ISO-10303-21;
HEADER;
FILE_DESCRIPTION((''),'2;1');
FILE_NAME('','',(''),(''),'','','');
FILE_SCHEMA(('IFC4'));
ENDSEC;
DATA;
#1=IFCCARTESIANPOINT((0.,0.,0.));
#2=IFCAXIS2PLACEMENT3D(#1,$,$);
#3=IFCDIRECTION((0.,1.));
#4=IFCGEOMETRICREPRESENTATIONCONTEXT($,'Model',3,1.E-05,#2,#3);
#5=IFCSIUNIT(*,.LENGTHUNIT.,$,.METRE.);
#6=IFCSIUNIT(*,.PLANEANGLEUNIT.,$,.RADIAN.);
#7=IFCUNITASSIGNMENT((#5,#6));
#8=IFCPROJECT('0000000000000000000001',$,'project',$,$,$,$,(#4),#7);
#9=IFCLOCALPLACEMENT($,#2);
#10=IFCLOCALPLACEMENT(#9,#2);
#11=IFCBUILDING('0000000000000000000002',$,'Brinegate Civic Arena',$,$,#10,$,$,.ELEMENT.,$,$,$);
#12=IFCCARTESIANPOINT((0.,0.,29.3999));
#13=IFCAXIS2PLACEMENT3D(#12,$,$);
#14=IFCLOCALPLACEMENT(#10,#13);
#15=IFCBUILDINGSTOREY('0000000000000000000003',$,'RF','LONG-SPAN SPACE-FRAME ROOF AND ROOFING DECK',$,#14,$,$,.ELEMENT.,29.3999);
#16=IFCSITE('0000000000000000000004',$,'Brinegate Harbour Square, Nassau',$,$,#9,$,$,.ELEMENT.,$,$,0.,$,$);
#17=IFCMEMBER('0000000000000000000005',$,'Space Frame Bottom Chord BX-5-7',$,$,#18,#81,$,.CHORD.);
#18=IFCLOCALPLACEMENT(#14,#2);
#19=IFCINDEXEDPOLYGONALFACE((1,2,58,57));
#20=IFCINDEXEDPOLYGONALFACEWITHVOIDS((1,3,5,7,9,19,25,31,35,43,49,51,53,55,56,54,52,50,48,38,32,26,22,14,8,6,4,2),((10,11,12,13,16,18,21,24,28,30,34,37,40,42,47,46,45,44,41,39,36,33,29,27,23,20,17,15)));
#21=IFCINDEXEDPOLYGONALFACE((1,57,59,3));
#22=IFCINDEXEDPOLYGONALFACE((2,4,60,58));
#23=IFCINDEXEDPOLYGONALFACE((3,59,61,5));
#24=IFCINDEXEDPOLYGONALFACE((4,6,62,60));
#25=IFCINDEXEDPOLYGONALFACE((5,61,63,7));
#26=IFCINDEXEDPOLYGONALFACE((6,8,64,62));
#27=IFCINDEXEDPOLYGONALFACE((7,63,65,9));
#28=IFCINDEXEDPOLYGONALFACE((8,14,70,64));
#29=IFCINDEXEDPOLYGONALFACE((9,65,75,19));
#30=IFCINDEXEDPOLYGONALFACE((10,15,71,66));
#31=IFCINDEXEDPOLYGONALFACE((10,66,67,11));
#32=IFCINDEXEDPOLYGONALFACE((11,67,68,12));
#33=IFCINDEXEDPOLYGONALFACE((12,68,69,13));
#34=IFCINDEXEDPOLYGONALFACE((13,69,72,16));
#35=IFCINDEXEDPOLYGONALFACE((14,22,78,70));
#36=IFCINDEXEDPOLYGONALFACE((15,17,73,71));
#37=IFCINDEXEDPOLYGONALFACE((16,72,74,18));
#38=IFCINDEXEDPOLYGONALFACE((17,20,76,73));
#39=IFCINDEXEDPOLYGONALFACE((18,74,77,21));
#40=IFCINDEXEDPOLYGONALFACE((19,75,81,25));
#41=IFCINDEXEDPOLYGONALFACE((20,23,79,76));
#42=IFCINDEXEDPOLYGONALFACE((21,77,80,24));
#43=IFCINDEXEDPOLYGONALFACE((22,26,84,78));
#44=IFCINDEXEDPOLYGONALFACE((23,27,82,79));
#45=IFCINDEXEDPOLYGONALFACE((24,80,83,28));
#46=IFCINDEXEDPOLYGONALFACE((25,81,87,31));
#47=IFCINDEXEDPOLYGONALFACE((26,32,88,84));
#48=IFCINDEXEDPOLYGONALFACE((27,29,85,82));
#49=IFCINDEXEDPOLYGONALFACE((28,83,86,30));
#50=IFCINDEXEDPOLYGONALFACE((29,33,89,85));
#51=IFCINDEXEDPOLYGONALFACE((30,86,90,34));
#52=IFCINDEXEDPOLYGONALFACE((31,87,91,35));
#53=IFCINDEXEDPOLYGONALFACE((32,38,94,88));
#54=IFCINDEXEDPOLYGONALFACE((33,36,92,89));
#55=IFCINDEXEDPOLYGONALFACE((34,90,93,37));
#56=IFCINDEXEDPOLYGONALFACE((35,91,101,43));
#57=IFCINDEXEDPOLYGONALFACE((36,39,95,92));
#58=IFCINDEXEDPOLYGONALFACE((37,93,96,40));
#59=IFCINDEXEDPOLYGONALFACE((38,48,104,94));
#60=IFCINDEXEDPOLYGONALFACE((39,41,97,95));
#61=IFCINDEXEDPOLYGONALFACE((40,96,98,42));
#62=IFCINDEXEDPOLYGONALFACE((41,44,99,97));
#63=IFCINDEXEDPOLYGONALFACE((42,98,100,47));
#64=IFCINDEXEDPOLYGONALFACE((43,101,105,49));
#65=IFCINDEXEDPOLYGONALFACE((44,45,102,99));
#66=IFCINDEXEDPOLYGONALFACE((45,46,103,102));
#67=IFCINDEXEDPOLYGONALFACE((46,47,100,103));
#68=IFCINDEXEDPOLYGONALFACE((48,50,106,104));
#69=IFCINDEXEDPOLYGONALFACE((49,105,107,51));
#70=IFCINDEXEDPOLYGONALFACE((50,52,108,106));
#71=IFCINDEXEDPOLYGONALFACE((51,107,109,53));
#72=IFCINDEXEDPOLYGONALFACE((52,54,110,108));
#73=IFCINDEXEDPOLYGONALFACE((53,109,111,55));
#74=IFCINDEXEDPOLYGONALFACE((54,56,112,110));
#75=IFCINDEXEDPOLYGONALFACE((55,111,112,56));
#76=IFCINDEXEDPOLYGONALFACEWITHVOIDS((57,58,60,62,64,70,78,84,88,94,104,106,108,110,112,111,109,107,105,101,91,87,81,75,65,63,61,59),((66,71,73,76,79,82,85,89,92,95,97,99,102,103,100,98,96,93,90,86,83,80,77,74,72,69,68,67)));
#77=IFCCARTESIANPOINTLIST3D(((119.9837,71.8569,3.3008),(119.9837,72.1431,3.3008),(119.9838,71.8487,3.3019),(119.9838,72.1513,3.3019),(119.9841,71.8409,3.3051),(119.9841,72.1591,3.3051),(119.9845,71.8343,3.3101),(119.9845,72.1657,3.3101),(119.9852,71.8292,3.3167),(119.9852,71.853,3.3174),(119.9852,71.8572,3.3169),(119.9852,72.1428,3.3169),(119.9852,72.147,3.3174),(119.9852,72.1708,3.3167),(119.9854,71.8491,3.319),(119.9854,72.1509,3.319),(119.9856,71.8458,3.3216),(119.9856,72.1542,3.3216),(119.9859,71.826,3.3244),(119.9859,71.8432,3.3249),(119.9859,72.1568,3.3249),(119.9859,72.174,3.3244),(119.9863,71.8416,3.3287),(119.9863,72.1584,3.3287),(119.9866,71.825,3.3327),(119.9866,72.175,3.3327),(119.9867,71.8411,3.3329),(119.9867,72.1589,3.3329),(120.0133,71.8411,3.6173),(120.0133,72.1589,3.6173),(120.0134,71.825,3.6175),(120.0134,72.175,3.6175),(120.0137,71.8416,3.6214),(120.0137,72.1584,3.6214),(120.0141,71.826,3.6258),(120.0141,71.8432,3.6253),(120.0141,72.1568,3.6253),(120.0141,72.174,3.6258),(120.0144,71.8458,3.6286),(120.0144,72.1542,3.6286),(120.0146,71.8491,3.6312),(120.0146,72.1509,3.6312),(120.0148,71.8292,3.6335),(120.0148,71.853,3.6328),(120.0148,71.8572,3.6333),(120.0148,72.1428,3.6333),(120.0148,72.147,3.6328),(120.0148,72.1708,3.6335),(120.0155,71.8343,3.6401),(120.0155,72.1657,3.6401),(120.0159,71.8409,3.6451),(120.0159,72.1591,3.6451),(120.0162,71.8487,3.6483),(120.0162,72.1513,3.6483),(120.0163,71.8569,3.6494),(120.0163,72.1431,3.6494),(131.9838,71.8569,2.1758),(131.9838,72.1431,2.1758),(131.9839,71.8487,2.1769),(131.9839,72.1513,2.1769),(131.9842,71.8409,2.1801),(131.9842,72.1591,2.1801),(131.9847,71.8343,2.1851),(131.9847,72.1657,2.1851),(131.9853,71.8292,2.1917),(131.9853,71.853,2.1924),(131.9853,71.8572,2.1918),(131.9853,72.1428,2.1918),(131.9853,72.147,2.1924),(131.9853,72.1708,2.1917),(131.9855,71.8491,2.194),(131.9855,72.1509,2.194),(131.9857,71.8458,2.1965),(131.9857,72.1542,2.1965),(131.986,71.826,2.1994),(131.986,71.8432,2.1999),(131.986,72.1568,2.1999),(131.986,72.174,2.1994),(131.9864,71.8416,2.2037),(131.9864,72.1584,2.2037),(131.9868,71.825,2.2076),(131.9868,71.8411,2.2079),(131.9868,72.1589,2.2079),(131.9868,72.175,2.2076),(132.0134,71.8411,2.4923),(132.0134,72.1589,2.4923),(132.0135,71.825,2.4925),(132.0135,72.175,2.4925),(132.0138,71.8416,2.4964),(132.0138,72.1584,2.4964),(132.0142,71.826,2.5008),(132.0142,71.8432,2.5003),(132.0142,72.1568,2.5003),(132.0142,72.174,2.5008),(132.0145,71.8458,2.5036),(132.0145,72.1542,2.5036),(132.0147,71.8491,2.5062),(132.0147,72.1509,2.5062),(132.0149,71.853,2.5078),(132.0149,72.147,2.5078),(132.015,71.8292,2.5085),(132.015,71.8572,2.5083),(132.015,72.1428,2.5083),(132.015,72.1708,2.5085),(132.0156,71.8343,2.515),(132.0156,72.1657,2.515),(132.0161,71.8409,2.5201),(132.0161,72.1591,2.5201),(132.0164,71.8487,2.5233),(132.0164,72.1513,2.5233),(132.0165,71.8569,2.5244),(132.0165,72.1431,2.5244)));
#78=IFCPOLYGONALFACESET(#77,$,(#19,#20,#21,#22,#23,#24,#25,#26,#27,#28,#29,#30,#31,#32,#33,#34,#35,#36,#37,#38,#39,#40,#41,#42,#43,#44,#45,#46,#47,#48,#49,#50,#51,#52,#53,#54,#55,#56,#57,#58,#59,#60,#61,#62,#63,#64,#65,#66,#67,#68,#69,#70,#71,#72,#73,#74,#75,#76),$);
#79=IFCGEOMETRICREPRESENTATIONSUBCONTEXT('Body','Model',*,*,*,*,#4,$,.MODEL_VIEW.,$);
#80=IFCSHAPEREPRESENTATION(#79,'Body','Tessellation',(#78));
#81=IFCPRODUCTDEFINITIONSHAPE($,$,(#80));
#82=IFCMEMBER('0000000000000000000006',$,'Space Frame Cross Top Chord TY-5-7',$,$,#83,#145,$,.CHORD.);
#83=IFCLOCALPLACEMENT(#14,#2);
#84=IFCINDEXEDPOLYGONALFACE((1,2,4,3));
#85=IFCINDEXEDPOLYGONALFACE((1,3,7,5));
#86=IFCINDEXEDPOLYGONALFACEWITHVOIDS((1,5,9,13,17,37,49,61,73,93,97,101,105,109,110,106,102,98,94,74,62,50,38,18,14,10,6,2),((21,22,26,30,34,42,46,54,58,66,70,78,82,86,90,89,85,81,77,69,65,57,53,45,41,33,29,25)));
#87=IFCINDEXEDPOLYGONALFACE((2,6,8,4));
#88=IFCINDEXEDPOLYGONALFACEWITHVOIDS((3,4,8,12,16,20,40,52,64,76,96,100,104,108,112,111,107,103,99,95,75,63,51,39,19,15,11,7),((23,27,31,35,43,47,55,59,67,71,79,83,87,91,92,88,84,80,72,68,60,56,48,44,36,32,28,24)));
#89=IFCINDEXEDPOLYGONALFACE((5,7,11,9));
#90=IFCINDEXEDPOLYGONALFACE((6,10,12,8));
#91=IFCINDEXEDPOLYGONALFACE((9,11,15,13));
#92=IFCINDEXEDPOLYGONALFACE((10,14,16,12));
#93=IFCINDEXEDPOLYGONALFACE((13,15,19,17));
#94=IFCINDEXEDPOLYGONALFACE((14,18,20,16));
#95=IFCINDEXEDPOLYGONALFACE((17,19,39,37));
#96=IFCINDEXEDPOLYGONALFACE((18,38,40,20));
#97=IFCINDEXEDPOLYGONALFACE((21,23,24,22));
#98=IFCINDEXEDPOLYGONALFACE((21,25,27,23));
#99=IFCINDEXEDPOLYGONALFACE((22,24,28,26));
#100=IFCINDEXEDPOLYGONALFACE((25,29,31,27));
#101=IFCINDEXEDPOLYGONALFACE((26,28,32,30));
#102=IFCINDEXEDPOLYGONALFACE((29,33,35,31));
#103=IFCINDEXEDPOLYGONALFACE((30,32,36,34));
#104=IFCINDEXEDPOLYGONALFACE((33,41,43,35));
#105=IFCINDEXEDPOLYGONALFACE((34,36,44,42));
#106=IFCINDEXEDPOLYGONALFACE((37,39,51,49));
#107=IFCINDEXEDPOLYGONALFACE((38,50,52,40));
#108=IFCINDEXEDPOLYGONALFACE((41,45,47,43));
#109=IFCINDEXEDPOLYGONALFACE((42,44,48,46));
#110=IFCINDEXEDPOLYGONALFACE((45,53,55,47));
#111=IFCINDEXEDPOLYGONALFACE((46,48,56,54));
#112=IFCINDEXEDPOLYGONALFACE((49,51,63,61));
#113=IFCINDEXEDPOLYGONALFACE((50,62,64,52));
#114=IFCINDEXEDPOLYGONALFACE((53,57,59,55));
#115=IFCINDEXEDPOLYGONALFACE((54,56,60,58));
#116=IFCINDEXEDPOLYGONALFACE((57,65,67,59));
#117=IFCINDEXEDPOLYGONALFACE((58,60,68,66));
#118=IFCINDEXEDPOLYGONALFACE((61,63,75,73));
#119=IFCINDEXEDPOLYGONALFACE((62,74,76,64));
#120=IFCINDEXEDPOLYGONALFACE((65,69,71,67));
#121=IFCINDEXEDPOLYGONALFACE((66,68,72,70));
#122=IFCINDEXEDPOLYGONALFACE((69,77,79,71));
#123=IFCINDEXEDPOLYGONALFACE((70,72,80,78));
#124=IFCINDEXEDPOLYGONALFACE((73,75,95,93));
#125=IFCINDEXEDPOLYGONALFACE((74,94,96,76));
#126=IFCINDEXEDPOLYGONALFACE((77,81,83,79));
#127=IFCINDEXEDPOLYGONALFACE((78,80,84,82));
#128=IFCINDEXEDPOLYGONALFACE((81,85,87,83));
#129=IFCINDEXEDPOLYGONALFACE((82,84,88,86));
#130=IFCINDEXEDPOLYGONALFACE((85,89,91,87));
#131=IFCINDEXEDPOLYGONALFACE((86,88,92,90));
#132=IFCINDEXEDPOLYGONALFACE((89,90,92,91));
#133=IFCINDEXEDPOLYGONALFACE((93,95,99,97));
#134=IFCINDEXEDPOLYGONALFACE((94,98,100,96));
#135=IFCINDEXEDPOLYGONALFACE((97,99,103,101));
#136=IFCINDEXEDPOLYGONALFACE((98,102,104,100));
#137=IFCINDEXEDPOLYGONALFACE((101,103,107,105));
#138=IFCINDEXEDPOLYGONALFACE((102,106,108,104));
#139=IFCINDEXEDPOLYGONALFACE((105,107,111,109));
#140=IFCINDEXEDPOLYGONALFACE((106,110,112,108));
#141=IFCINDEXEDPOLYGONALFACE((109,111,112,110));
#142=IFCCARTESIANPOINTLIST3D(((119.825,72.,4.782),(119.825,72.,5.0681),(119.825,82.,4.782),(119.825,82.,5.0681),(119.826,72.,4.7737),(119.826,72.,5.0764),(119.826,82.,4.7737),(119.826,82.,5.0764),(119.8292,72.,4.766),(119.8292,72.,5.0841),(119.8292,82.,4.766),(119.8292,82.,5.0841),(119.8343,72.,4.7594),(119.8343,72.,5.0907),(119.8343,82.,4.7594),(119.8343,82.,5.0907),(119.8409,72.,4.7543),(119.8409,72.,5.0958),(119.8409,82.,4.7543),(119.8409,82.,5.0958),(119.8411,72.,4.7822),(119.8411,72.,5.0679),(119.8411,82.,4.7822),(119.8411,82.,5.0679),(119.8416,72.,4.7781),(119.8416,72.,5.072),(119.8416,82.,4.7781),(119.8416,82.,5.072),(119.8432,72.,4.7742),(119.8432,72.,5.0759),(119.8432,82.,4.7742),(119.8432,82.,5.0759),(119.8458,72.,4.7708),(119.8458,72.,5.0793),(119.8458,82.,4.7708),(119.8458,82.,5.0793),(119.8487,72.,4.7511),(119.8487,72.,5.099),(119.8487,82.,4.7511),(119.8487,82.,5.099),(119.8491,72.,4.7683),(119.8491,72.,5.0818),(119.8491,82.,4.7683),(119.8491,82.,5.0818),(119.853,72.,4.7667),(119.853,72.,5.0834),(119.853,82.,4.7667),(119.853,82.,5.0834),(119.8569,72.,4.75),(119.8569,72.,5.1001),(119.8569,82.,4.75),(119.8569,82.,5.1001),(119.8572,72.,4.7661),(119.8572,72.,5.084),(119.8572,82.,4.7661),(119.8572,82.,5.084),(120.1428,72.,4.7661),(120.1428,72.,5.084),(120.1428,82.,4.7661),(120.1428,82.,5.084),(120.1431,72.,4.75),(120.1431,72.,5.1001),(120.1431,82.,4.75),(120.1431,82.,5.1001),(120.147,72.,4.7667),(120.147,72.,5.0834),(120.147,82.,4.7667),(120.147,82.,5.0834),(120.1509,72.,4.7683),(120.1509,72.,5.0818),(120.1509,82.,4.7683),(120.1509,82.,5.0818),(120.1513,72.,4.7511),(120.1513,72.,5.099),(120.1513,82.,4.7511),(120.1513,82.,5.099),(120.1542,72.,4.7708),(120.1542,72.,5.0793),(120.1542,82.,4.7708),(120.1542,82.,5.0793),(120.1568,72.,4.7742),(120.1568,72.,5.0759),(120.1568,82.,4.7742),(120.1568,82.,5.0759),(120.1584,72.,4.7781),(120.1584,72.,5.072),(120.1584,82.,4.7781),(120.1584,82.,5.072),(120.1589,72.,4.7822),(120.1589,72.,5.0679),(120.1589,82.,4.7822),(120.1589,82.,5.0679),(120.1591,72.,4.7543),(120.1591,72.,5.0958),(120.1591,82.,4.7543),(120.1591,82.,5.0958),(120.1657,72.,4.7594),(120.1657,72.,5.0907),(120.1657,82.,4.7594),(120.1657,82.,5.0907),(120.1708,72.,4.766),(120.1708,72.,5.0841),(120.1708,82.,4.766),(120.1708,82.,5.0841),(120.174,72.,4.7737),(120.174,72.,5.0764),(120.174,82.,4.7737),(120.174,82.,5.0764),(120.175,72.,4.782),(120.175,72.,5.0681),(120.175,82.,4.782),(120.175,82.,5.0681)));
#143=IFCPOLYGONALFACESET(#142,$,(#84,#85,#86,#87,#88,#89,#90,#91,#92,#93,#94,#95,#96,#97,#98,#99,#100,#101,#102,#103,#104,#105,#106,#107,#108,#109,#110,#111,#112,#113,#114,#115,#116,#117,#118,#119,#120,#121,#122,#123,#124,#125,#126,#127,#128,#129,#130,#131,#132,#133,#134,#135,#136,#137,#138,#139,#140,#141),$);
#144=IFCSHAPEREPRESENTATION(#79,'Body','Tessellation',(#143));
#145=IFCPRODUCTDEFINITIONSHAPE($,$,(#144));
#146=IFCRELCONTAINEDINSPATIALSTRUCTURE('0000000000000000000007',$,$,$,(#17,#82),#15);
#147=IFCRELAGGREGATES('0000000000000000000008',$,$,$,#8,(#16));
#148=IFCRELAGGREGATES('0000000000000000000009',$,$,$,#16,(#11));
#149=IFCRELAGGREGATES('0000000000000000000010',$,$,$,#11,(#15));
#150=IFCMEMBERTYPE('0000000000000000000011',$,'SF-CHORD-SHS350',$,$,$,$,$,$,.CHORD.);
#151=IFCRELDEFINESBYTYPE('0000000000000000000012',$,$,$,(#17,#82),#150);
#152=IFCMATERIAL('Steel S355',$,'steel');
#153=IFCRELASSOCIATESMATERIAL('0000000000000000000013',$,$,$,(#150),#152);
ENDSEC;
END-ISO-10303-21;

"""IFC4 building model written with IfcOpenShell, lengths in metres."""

from ifc_helpers import new_model, si_unit, direction, frame, origin, origin_2d, place, context, subcontext, project, spatial, hollow_rectangle, extrude, material, material_profile, profile_set, type_object, element, save


model = new_model("IFC4")

# Units and contexts
model_context = context("Model", 3, precision=1e-05, world=origin(), true_north=direction((0.0, 1.0)))
body_context = subcontext(model_context, "Body", "Model", "MODEL_VIEW")
ifc_project = project(units=[si_unit("LENGTHUNIT", "METRE"), si_unit("PLANEANGLEUNIT", "RADIAN")], contexts=[model_context])

# Site, building, storey
site_placement = place(None, origin())
site = spatial("IfcSite", under=ifc_project, at=site_placement, Name="Brinegate Harbour Square, Nassau", CompositionType="ELEMENT", RefElevation=0.0)
building_placement = place(site_placement, origin())
building = spatial("IfcBuilding", under=site, at=building_placement, Name="Brinegate Civic Arena", CompositionType="ELEMENT")
storey_placement = place(building_placement, frame((0.0, 0.0, 29.3999)))
storey = spatial("IfcBuildingStorey", under=building, at=storey_placement, Name="RF", Description="LONG-SPAN SPACE-FRAME ROOF AND ROOFING DECK", CompositionType="ELEMENT", Elevation=29.3999)

# Members
ifc_material = material(Name="Steel S355", Category="steel")
ifc_material_profile_1 = material_profile(ifc_material, hollow_rectangle(XDim=0.3501, YDim=0.3501, WallThickness=0.0161, InnerFilletRadius=0.0161, OuterFilletRadius=0.032, at=origin_2d()), Name="SHS350X16")
ifc_profile_set_1 = profile_set([ifc_material_profile_1], Name="Steel S355")
member_type_1 = type_object("IfcMemberType", Name="SF-CHORD-SHS350", PredefinedType="CHORD", material=ifc_profile_set_1)
member_1_placement = place(storey_placement, frame((120.0, 72.0, 3.4751), z_axis=(0.995634, 0.0, -0.093341), x_axis=(0.0, 1.0, 0.0)))
element("IfcMember", 1, at=member_1_placement, inside=storey, type_object=member_type_1, Name="Space Frame Bottom Chord BX-5-7", PredefinedType="CHORD", context=body_context, shape_type="SweptSolid", body=[
    extrude(hollow_rectangle(XDim=0.3501, YDim=0.3501, WallThickness=0.0161, InnerFilletRadius=0.0161, OuterFilletRadius=0.032, at=origin_2d()), origin(), (0.0, 0.0, 1.0), 12.0527),
])
member_2_placement = place(storey_placement, frame((120.0, 72.0, 4.925), z_axis=(0.0, 1.0, 0.0), x_axis=(-1.0, 0.0, 0.0)))
element("IfcMember", 2, at=member_2_placement, inside=storey, type_object=member_type_1, Name="Space Frame Cross Top Chord TY-5-7", PredefinedType="CHORD", context=body_context, shape_type="SweptSolid", body=[
    extrude(hollow_rectangle(XDim=0.3501, YDim=0.3501, WallThickness=0.0161, InnerFilletRadius=0.0161, OuterFilletRadius=0.032, at=origin_2d()), origin(), (0.0, 0.0, 1.0), 10.0),
])

save(model, "model.ifc")
